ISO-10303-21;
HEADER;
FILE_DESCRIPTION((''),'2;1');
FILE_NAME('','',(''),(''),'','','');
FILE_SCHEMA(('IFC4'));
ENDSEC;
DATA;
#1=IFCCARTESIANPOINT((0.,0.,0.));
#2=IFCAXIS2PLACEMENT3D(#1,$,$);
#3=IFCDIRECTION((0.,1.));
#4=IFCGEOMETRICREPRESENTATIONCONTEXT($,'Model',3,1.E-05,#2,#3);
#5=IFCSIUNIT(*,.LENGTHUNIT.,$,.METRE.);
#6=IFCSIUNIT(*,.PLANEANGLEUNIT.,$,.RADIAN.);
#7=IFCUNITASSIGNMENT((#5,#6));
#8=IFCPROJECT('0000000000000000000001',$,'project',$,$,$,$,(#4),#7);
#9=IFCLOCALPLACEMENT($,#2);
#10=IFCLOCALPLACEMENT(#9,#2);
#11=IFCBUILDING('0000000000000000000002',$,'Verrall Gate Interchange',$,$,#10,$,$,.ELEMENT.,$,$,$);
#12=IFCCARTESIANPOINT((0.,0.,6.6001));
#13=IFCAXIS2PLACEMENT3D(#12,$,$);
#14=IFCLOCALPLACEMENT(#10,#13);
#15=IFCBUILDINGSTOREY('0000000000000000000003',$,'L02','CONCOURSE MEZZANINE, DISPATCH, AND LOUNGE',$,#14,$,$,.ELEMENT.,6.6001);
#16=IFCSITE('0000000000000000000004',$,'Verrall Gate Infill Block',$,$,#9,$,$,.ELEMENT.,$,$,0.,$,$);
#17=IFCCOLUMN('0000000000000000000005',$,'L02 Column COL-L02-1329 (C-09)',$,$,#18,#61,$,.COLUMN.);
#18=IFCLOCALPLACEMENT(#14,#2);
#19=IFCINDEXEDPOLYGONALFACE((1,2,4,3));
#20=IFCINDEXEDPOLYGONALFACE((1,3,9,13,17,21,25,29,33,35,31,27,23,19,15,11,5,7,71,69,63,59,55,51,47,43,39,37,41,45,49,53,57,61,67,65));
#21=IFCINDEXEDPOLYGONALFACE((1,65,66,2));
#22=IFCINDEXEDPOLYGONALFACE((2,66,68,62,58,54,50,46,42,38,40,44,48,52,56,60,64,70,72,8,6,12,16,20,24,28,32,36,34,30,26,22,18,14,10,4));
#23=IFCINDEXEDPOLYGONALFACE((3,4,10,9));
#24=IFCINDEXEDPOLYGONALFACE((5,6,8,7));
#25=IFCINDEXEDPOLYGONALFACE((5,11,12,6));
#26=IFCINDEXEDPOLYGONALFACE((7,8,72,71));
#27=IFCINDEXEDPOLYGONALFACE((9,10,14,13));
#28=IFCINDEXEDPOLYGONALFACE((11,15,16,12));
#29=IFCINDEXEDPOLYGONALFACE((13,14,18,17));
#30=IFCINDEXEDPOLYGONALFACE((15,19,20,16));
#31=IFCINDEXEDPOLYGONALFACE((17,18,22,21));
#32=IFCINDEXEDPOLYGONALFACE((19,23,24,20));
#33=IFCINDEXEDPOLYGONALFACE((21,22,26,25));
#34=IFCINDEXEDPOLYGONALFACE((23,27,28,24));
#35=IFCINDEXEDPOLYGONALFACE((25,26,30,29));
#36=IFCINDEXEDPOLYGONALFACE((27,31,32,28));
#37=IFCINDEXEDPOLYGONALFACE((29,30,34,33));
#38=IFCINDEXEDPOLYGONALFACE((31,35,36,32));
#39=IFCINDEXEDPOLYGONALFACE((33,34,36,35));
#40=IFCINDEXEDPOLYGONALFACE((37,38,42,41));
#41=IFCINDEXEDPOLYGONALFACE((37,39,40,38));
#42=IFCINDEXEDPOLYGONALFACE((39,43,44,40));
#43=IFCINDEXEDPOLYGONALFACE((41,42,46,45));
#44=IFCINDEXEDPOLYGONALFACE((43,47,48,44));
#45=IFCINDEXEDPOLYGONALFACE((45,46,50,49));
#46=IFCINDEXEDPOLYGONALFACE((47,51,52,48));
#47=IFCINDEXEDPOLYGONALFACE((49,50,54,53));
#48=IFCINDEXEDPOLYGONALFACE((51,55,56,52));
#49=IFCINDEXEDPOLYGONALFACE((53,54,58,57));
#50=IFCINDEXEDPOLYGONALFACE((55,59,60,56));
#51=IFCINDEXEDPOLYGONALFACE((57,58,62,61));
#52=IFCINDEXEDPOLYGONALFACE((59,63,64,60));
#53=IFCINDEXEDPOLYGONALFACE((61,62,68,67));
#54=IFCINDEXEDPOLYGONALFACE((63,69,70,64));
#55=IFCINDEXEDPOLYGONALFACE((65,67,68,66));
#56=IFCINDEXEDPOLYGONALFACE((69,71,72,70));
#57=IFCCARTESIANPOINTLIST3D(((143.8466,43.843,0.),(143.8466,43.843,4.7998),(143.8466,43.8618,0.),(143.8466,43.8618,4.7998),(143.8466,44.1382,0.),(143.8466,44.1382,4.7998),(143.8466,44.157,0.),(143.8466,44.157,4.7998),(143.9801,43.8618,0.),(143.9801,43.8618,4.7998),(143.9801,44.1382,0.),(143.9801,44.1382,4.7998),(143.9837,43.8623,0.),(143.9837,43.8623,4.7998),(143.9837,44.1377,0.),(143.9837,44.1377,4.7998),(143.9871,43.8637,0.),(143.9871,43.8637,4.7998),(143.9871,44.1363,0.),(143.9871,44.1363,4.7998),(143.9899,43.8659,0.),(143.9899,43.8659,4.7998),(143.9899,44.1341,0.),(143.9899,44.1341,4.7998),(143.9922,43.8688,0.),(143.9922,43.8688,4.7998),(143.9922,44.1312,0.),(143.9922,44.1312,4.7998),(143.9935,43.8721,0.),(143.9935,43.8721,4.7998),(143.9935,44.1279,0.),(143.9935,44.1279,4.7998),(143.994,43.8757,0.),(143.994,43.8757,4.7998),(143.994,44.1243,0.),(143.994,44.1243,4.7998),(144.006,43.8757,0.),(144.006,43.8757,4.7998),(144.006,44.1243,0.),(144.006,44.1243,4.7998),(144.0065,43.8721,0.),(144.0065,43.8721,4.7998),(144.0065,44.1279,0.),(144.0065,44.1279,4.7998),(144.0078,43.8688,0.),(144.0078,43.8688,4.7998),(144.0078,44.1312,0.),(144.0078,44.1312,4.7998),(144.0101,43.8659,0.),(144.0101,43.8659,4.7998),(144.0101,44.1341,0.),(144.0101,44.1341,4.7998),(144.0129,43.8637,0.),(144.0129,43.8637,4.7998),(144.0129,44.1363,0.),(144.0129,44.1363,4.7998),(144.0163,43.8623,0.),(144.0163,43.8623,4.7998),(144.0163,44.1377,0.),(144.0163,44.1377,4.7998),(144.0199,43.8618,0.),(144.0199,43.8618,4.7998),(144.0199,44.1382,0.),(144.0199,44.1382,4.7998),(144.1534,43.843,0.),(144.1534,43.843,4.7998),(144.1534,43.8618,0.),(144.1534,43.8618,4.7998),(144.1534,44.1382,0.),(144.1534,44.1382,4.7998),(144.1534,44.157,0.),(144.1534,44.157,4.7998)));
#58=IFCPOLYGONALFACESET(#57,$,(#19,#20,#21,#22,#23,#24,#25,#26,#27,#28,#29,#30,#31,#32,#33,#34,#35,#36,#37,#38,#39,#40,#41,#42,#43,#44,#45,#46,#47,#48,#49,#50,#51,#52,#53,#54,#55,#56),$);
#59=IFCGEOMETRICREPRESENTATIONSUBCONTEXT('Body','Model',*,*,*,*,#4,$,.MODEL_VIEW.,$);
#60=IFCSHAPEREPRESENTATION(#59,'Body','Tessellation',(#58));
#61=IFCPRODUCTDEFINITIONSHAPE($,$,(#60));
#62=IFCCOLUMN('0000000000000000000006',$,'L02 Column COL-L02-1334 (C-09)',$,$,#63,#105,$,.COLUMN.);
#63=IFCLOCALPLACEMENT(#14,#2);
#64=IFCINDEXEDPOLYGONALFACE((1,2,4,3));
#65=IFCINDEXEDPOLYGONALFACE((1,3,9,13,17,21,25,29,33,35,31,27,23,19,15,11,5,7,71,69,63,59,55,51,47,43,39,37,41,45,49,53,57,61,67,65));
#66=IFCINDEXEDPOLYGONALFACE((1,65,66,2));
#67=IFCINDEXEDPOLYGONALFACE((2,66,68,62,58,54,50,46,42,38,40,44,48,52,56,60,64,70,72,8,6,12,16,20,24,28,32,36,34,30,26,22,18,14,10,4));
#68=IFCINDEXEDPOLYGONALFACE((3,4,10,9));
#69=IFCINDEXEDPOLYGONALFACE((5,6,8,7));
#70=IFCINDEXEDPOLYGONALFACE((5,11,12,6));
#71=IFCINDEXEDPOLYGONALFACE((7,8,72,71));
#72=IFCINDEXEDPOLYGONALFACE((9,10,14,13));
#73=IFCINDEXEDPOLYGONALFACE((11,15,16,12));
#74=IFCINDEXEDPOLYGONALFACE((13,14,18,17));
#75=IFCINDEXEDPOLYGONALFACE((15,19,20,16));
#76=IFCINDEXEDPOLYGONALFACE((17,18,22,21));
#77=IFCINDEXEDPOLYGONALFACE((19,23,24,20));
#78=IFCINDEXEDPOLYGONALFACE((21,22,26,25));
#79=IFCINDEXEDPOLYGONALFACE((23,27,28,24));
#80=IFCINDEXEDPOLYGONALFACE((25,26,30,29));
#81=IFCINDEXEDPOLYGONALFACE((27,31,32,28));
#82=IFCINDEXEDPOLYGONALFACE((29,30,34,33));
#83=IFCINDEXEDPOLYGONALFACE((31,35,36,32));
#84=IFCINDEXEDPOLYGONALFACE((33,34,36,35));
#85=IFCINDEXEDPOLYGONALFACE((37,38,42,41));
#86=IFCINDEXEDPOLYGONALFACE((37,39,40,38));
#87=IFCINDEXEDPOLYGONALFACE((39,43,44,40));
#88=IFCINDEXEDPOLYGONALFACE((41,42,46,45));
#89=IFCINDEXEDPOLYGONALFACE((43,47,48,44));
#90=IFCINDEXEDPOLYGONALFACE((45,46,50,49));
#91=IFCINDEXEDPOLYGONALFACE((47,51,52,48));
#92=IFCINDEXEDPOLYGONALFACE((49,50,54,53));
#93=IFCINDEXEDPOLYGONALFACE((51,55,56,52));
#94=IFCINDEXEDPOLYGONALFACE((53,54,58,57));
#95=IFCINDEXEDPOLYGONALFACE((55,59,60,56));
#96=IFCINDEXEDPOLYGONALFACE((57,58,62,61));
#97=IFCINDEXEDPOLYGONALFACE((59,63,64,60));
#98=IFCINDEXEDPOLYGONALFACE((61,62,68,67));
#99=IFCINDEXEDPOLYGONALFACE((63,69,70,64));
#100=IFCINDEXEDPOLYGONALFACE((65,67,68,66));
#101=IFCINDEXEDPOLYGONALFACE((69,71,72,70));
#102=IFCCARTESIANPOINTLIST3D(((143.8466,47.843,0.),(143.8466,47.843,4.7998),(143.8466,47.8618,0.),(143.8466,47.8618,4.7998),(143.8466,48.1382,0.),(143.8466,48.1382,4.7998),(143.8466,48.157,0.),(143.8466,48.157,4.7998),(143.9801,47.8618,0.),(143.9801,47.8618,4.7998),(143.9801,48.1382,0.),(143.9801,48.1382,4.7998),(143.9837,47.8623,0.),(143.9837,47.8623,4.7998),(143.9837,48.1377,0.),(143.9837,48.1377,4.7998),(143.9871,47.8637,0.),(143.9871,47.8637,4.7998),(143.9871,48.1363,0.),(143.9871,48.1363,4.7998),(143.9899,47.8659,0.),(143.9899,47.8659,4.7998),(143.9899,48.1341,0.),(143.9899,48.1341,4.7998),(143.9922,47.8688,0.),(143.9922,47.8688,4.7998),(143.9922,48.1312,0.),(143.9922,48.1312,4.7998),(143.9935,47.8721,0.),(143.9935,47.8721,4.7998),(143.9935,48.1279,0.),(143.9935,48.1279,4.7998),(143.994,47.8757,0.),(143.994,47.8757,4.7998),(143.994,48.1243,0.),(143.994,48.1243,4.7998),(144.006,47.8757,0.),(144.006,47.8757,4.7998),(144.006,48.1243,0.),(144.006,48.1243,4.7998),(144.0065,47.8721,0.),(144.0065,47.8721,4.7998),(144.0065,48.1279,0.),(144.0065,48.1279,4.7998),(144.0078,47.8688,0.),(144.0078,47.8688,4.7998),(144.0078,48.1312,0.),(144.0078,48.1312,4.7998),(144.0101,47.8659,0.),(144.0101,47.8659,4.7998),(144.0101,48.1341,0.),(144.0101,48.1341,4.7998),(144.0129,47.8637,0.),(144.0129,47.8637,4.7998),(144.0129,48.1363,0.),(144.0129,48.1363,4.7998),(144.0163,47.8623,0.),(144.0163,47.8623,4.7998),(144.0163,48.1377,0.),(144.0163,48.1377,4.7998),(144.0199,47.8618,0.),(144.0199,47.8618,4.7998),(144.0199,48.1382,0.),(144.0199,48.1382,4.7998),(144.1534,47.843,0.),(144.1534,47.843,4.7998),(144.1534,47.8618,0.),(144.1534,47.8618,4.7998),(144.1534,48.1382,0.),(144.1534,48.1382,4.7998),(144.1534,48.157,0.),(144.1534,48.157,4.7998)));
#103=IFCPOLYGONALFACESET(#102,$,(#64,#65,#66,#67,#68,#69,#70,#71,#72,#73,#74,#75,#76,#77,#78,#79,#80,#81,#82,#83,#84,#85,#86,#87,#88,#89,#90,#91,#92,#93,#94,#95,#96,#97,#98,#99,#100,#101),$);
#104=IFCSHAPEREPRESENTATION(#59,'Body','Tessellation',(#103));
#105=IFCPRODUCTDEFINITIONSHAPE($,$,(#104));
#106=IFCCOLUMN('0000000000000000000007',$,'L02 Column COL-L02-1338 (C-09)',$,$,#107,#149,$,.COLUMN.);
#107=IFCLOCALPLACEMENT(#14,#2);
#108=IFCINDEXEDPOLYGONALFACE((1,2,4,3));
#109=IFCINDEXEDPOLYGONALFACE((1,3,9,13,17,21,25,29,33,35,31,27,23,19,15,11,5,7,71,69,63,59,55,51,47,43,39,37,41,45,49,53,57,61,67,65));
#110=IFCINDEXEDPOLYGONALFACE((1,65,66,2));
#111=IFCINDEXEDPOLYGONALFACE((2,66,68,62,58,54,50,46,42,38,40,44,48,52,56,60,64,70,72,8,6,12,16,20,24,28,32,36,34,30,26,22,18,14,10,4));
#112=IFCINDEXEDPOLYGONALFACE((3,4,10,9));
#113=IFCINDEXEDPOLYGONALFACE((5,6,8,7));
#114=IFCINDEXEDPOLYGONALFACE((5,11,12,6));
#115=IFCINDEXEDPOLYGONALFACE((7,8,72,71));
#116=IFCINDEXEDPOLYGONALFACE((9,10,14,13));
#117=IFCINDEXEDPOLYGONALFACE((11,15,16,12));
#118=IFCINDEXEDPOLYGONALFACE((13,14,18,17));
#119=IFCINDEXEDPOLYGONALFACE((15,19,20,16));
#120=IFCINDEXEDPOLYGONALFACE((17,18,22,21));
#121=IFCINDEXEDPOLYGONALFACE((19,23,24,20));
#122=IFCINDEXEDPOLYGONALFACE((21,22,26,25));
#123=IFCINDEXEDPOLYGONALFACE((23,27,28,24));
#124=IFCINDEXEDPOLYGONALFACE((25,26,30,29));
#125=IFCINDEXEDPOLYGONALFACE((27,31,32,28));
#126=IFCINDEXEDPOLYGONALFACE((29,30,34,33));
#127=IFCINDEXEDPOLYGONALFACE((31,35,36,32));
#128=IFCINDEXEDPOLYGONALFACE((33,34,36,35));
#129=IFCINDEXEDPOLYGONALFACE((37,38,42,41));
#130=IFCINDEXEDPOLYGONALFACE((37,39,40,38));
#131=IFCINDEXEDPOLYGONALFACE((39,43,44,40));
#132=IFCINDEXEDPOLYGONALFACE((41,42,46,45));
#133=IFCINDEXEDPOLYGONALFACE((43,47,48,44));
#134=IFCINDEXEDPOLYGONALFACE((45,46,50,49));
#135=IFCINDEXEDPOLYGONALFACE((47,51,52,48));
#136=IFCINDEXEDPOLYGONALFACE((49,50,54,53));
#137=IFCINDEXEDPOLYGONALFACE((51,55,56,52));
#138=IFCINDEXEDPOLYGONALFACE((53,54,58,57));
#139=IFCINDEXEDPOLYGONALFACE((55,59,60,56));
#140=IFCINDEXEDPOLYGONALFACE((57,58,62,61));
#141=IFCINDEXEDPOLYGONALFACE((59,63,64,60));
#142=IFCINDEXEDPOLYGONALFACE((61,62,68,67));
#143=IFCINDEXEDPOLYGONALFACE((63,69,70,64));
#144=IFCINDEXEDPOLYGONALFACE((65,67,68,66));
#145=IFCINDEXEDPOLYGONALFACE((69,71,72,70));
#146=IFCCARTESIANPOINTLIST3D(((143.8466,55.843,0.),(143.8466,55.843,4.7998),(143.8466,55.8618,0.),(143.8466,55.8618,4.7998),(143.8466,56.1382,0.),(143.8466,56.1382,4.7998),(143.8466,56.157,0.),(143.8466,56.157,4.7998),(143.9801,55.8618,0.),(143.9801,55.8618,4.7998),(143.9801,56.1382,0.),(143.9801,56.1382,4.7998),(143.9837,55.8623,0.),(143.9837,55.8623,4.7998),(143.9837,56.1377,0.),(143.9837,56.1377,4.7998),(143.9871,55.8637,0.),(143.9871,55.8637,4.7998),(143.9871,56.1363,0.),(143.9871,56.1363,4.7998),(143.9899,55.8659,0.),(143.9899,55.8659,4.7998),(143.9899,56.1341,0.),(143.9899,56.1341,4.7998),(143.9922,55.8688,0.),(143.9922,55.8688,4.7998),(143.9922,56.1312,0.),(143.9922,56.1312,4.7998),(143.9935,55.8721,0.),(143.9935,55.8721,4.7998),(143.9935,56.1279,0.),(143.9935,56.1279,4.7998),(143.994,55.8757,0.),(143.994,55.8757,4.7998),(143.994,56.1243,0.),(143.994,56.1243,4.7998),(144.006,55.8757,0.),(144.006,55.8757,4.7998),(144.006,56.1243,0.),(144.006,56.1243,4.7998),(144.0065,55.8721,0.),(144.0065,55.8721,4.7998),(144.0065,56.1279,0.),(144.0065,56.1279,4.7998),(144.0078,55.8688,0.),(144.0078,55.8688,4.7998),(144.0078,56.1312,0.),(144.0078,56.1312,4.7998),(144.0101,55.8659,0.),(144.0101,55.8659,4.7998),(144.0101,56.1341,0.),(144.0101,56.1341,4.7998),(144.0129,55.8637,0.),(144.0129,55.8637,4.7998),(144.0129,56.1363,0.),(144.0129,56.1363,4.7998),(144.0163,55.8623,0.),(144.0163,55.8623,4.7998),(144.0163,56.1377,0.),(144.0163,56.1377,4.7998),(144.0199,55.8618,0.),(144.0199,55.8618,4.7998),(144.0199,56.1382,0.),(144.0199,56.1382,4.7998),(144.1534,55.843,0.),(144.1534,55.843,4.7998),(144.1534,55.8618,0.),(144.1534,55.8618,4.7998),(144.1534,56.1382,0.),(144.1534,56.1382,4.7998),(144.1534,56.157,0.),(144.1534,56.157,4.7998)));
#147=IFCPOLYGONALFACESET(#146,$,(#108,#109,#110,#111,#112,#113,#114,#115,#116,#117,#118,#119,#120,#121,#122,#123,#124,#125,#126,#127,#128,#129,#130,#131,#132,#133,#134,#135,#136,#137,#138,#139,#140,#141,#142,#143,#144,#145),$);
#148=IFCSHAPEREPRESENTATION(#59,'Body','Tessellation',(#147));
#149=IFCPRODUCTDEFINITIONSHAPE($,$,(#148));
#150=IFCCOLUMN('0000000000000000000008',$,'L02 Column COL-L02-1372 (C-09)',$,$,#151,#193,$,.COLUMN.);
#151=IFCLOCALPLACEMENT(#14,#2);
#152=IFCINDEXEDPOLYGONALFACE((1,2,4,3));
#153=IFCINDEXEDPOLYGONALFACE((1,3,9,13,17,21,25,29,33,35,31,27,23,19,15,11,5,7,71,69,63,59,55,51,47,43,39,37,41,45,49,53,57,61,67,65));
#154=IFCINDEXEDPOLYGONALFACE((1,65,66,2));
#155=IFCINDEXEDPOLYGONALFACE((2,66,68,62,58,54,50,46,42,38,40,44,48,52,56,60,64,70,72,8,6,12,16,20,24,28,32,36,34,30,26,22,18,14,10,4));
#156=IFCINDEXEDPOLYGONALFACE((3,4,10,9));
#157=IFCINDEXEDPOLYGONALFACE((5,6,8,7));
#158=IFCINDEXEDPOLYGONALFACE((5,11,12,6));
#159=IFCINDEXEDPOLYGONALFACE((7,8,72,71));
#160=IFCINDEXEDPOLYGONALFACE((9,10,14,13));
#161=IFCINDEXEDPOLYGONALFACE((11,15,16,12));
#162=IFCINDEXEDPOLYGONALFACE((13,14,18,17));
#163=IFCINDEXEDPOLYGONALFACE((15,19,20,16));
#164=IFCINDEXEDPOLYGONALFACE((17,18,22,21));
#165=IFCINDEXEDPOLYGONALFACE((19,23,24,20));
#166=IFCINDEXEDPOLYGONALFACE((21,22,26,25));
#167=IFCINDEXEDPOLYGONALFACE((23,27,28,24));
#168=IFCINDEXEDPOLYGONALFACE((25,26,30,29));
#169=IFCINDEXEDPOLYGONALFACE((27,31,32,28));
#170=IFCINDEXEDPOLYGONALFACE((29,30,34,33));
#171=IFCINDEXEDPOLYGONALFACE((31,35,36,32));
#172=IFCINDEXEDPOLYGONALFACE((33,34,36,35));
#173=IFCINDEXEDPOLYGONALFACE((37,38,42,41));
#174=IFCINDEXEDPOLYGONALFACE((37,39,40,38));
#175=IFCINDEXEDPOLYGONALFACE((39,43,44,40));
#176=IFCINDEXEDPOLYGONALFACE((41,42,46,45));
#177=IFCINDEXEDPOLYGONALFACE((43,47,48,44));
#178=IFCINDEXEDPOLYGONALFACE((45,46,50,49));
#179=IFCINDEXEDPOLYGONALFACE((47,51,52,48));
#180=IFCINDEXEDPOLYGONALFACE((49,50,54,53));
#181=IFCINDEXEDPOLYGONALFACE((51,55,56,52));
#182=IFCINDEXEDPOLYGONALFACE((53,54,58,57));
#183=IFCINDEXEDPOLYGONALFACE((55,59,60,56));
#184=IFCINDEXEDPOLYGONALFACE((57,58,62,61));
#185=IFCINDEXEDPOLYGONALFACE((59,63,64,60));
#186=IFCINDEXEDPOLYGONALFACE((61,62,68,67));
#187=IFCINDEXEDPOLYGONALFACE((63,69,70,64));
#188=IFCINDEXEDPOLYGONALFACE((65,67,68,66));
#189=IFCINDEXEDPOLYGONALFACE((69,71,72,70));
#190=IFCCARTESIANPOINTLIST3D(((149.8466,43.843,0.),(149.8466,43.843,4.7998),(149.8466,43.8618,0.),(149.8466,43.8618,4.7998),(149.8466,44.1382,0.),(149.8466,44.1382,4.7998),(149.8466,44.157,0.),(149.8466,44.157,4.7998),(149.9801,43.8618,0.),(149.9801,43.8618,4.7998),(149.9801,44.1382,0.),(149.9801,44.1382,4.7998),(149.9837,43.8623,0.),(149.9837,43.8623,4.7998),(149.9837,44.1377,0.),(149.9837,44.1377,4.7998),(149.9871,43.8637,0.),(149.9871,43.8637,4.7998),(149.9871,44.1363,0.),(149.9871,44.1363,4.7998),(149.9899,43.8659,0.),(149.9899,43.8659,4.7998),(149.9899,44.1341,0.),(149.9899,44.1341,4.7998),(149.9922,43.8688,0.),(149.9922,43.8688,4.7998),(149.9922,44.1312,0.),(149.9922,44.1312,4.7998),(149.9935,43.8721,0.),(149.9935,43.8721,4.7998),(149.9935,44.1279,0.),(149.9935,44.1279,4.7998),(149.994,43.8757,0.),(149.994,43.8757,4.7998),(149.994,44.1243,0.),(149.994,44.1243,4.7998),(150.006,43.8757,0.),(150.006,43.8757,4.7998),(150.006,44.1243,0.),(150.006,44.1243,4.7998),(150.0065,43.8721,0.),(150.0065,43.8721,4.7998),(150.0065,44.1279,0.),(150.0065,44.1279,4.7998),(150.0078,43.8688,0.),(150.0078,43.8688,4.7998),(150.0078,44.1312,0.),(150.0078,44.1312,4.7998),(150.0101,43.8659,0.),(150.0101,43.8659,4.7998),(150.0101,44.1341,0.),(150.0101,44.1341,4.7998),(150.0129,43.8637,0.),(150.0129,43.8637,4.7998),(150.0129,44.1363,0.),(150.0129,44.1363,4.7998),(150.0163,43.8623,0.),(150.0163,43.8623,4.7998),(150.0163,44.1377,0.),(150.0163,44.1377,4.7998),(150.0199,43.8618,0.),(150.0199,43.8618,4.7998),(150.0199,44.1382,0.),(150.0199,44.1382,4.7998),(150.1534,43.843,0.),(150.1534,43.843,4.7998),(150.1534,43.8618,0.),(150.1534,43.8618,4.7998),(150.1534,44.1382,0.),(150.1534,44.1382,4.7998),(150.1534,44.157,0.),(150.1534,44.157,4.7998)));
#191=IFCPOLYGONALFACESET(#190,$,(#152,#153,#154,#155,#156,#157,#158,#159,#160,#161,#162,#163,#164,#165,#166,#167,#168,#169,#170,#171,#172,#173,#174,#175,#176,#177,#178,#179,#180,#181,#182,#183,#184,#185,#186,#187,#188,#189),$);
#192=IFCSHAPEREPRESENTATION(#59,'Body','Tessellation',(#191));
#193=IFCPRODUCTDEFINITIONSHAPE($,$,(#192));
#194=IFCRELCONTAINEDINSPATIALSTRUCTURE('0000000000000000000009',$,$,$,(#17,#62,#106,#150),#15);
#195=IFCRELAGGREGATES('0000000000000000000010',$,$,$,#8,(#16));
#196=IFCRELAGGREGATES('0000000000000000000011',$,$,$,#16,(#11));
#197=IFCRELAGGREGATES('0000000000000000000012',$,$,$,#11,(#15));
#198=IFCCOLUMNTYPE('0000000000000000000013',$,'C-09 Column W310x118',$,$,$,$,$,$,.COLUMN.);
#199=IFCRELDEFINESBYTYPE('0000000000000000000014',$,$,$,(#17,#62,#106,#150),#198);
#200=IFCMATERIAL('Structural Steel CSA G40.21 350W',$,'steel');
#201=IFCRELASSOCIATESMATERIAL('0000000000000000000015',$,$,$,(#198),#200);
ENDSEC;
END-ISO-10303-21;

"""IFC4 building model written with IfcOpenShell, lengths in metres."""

from ifc_helpers import new_model, si_unit, direction, frame, origin, origin_2d, place, context, subcontext, project, spatial, i_section, extrude, material, material_profile, profile_set, type_object, element, save


model = new_model("IFC4")

# Units and contexts
model_context = context("Model", 3, precision=1e-05, world=origin(), true_north=direction((0.0, 1.0)))
body_context = subcontext(model_context, "Body", "Model", "MODEL_VIEW")
ifc_project = project(units=[si_unit("LENGTHUNIT", "METRE"), si_unit("PLANEANGLEUNIT", "RADIAN")], contexts=[model_context])

# Site, building, storey
site_placement = place(None, origin())
site = spatial("IfcSite", under=ifc_project, at=site_placement, Name="Verrall Gate Infill Block", CompositionType="ELEMENT", RefElevation=0.0)
building_placement = place(site_placement, origin())
building = spatial("IfcBuilding", under=site, at=building_placement, Name="Verrall Gate Interchange", CompositionType="ELEMENT")
storey_placement = place(building_placement, frame((0.0, 0.0, 6.6001)))
storey = spatial("IfcBuildingStorey", under=building, at=storey_placement, Name="L02", Description="CONCOURSE MEZZANINE, DISPATCH, AND LOUNGE", CompositionType="ELEMENT", Elevation=6.6001)

# Columns
ifc_material_1 = material(Name="Structural Steel CSA G40.21 350W", Category="steel")
ifc_material_profile_1 = material_profile(ifc_material_1, i_section(OverallWidth=0.3069, OverallDepth=0.314, WebThickness=0.012, FlangeThickness=0.0188, FilletRadius=0.0139, at=origin_2d()), Name="W310x118")
ifc_profile_set_1 = profile_set([ifc_material_profile_1], Name="Structural Steel CSA G40.21 350W")
column_type = type_object("IfcColumnType", Name="C-09 Column W310x118", PredefinedType="COLUMN", material=ifc_profile_set_1)
for number, where, z_axis, x_axis, name in (
    (1, (144.0, 44.0, 0.0), (0.0, 0.0, 1.0), (1.0, 0.0, 0.0), "L02 Column COL-L02-1329 (C-09)"),
    (2, (144.0, 48.0, 0.0), (0.0, 0.0, 1.0), (1.0, 0.0, 0.0), "L02 Column COL-L02-1334 (C-09)"),
    (3, (144.0, 56.0, 0.0), (0.0, 0.0, 1.0), (1.0, 0.0, 0.0), "L02 Column COL-L02-1338 (C-09)"),
    (4, (150.0, 44.0, 0.0), (0.0, 0.0, 1.0), (1.0, 0.0, 0.0), "L02 Column COL-L02-1372 (C-09)"),
):
    element("IfcColumn", number, at=place(storey_placement, frame(where, z_axis=z_axis, x_axis=x_axis)), inside=storey, type_object=column_type, Name=name, PredefinedType="COLUMN", context=body_context, shape_type="SweptSolid", body=[
        extrude(i_section(OverallWidth=0.3069, OverallDepth=0.314, WebThickness=0.012, FlangeThickness=0.0188, FilletRadius=0.0139, at=origin_2d()), origin(), (0.0, 0.0, 1.0), 4.7998),
    ])

save(model, "model.ifc")
